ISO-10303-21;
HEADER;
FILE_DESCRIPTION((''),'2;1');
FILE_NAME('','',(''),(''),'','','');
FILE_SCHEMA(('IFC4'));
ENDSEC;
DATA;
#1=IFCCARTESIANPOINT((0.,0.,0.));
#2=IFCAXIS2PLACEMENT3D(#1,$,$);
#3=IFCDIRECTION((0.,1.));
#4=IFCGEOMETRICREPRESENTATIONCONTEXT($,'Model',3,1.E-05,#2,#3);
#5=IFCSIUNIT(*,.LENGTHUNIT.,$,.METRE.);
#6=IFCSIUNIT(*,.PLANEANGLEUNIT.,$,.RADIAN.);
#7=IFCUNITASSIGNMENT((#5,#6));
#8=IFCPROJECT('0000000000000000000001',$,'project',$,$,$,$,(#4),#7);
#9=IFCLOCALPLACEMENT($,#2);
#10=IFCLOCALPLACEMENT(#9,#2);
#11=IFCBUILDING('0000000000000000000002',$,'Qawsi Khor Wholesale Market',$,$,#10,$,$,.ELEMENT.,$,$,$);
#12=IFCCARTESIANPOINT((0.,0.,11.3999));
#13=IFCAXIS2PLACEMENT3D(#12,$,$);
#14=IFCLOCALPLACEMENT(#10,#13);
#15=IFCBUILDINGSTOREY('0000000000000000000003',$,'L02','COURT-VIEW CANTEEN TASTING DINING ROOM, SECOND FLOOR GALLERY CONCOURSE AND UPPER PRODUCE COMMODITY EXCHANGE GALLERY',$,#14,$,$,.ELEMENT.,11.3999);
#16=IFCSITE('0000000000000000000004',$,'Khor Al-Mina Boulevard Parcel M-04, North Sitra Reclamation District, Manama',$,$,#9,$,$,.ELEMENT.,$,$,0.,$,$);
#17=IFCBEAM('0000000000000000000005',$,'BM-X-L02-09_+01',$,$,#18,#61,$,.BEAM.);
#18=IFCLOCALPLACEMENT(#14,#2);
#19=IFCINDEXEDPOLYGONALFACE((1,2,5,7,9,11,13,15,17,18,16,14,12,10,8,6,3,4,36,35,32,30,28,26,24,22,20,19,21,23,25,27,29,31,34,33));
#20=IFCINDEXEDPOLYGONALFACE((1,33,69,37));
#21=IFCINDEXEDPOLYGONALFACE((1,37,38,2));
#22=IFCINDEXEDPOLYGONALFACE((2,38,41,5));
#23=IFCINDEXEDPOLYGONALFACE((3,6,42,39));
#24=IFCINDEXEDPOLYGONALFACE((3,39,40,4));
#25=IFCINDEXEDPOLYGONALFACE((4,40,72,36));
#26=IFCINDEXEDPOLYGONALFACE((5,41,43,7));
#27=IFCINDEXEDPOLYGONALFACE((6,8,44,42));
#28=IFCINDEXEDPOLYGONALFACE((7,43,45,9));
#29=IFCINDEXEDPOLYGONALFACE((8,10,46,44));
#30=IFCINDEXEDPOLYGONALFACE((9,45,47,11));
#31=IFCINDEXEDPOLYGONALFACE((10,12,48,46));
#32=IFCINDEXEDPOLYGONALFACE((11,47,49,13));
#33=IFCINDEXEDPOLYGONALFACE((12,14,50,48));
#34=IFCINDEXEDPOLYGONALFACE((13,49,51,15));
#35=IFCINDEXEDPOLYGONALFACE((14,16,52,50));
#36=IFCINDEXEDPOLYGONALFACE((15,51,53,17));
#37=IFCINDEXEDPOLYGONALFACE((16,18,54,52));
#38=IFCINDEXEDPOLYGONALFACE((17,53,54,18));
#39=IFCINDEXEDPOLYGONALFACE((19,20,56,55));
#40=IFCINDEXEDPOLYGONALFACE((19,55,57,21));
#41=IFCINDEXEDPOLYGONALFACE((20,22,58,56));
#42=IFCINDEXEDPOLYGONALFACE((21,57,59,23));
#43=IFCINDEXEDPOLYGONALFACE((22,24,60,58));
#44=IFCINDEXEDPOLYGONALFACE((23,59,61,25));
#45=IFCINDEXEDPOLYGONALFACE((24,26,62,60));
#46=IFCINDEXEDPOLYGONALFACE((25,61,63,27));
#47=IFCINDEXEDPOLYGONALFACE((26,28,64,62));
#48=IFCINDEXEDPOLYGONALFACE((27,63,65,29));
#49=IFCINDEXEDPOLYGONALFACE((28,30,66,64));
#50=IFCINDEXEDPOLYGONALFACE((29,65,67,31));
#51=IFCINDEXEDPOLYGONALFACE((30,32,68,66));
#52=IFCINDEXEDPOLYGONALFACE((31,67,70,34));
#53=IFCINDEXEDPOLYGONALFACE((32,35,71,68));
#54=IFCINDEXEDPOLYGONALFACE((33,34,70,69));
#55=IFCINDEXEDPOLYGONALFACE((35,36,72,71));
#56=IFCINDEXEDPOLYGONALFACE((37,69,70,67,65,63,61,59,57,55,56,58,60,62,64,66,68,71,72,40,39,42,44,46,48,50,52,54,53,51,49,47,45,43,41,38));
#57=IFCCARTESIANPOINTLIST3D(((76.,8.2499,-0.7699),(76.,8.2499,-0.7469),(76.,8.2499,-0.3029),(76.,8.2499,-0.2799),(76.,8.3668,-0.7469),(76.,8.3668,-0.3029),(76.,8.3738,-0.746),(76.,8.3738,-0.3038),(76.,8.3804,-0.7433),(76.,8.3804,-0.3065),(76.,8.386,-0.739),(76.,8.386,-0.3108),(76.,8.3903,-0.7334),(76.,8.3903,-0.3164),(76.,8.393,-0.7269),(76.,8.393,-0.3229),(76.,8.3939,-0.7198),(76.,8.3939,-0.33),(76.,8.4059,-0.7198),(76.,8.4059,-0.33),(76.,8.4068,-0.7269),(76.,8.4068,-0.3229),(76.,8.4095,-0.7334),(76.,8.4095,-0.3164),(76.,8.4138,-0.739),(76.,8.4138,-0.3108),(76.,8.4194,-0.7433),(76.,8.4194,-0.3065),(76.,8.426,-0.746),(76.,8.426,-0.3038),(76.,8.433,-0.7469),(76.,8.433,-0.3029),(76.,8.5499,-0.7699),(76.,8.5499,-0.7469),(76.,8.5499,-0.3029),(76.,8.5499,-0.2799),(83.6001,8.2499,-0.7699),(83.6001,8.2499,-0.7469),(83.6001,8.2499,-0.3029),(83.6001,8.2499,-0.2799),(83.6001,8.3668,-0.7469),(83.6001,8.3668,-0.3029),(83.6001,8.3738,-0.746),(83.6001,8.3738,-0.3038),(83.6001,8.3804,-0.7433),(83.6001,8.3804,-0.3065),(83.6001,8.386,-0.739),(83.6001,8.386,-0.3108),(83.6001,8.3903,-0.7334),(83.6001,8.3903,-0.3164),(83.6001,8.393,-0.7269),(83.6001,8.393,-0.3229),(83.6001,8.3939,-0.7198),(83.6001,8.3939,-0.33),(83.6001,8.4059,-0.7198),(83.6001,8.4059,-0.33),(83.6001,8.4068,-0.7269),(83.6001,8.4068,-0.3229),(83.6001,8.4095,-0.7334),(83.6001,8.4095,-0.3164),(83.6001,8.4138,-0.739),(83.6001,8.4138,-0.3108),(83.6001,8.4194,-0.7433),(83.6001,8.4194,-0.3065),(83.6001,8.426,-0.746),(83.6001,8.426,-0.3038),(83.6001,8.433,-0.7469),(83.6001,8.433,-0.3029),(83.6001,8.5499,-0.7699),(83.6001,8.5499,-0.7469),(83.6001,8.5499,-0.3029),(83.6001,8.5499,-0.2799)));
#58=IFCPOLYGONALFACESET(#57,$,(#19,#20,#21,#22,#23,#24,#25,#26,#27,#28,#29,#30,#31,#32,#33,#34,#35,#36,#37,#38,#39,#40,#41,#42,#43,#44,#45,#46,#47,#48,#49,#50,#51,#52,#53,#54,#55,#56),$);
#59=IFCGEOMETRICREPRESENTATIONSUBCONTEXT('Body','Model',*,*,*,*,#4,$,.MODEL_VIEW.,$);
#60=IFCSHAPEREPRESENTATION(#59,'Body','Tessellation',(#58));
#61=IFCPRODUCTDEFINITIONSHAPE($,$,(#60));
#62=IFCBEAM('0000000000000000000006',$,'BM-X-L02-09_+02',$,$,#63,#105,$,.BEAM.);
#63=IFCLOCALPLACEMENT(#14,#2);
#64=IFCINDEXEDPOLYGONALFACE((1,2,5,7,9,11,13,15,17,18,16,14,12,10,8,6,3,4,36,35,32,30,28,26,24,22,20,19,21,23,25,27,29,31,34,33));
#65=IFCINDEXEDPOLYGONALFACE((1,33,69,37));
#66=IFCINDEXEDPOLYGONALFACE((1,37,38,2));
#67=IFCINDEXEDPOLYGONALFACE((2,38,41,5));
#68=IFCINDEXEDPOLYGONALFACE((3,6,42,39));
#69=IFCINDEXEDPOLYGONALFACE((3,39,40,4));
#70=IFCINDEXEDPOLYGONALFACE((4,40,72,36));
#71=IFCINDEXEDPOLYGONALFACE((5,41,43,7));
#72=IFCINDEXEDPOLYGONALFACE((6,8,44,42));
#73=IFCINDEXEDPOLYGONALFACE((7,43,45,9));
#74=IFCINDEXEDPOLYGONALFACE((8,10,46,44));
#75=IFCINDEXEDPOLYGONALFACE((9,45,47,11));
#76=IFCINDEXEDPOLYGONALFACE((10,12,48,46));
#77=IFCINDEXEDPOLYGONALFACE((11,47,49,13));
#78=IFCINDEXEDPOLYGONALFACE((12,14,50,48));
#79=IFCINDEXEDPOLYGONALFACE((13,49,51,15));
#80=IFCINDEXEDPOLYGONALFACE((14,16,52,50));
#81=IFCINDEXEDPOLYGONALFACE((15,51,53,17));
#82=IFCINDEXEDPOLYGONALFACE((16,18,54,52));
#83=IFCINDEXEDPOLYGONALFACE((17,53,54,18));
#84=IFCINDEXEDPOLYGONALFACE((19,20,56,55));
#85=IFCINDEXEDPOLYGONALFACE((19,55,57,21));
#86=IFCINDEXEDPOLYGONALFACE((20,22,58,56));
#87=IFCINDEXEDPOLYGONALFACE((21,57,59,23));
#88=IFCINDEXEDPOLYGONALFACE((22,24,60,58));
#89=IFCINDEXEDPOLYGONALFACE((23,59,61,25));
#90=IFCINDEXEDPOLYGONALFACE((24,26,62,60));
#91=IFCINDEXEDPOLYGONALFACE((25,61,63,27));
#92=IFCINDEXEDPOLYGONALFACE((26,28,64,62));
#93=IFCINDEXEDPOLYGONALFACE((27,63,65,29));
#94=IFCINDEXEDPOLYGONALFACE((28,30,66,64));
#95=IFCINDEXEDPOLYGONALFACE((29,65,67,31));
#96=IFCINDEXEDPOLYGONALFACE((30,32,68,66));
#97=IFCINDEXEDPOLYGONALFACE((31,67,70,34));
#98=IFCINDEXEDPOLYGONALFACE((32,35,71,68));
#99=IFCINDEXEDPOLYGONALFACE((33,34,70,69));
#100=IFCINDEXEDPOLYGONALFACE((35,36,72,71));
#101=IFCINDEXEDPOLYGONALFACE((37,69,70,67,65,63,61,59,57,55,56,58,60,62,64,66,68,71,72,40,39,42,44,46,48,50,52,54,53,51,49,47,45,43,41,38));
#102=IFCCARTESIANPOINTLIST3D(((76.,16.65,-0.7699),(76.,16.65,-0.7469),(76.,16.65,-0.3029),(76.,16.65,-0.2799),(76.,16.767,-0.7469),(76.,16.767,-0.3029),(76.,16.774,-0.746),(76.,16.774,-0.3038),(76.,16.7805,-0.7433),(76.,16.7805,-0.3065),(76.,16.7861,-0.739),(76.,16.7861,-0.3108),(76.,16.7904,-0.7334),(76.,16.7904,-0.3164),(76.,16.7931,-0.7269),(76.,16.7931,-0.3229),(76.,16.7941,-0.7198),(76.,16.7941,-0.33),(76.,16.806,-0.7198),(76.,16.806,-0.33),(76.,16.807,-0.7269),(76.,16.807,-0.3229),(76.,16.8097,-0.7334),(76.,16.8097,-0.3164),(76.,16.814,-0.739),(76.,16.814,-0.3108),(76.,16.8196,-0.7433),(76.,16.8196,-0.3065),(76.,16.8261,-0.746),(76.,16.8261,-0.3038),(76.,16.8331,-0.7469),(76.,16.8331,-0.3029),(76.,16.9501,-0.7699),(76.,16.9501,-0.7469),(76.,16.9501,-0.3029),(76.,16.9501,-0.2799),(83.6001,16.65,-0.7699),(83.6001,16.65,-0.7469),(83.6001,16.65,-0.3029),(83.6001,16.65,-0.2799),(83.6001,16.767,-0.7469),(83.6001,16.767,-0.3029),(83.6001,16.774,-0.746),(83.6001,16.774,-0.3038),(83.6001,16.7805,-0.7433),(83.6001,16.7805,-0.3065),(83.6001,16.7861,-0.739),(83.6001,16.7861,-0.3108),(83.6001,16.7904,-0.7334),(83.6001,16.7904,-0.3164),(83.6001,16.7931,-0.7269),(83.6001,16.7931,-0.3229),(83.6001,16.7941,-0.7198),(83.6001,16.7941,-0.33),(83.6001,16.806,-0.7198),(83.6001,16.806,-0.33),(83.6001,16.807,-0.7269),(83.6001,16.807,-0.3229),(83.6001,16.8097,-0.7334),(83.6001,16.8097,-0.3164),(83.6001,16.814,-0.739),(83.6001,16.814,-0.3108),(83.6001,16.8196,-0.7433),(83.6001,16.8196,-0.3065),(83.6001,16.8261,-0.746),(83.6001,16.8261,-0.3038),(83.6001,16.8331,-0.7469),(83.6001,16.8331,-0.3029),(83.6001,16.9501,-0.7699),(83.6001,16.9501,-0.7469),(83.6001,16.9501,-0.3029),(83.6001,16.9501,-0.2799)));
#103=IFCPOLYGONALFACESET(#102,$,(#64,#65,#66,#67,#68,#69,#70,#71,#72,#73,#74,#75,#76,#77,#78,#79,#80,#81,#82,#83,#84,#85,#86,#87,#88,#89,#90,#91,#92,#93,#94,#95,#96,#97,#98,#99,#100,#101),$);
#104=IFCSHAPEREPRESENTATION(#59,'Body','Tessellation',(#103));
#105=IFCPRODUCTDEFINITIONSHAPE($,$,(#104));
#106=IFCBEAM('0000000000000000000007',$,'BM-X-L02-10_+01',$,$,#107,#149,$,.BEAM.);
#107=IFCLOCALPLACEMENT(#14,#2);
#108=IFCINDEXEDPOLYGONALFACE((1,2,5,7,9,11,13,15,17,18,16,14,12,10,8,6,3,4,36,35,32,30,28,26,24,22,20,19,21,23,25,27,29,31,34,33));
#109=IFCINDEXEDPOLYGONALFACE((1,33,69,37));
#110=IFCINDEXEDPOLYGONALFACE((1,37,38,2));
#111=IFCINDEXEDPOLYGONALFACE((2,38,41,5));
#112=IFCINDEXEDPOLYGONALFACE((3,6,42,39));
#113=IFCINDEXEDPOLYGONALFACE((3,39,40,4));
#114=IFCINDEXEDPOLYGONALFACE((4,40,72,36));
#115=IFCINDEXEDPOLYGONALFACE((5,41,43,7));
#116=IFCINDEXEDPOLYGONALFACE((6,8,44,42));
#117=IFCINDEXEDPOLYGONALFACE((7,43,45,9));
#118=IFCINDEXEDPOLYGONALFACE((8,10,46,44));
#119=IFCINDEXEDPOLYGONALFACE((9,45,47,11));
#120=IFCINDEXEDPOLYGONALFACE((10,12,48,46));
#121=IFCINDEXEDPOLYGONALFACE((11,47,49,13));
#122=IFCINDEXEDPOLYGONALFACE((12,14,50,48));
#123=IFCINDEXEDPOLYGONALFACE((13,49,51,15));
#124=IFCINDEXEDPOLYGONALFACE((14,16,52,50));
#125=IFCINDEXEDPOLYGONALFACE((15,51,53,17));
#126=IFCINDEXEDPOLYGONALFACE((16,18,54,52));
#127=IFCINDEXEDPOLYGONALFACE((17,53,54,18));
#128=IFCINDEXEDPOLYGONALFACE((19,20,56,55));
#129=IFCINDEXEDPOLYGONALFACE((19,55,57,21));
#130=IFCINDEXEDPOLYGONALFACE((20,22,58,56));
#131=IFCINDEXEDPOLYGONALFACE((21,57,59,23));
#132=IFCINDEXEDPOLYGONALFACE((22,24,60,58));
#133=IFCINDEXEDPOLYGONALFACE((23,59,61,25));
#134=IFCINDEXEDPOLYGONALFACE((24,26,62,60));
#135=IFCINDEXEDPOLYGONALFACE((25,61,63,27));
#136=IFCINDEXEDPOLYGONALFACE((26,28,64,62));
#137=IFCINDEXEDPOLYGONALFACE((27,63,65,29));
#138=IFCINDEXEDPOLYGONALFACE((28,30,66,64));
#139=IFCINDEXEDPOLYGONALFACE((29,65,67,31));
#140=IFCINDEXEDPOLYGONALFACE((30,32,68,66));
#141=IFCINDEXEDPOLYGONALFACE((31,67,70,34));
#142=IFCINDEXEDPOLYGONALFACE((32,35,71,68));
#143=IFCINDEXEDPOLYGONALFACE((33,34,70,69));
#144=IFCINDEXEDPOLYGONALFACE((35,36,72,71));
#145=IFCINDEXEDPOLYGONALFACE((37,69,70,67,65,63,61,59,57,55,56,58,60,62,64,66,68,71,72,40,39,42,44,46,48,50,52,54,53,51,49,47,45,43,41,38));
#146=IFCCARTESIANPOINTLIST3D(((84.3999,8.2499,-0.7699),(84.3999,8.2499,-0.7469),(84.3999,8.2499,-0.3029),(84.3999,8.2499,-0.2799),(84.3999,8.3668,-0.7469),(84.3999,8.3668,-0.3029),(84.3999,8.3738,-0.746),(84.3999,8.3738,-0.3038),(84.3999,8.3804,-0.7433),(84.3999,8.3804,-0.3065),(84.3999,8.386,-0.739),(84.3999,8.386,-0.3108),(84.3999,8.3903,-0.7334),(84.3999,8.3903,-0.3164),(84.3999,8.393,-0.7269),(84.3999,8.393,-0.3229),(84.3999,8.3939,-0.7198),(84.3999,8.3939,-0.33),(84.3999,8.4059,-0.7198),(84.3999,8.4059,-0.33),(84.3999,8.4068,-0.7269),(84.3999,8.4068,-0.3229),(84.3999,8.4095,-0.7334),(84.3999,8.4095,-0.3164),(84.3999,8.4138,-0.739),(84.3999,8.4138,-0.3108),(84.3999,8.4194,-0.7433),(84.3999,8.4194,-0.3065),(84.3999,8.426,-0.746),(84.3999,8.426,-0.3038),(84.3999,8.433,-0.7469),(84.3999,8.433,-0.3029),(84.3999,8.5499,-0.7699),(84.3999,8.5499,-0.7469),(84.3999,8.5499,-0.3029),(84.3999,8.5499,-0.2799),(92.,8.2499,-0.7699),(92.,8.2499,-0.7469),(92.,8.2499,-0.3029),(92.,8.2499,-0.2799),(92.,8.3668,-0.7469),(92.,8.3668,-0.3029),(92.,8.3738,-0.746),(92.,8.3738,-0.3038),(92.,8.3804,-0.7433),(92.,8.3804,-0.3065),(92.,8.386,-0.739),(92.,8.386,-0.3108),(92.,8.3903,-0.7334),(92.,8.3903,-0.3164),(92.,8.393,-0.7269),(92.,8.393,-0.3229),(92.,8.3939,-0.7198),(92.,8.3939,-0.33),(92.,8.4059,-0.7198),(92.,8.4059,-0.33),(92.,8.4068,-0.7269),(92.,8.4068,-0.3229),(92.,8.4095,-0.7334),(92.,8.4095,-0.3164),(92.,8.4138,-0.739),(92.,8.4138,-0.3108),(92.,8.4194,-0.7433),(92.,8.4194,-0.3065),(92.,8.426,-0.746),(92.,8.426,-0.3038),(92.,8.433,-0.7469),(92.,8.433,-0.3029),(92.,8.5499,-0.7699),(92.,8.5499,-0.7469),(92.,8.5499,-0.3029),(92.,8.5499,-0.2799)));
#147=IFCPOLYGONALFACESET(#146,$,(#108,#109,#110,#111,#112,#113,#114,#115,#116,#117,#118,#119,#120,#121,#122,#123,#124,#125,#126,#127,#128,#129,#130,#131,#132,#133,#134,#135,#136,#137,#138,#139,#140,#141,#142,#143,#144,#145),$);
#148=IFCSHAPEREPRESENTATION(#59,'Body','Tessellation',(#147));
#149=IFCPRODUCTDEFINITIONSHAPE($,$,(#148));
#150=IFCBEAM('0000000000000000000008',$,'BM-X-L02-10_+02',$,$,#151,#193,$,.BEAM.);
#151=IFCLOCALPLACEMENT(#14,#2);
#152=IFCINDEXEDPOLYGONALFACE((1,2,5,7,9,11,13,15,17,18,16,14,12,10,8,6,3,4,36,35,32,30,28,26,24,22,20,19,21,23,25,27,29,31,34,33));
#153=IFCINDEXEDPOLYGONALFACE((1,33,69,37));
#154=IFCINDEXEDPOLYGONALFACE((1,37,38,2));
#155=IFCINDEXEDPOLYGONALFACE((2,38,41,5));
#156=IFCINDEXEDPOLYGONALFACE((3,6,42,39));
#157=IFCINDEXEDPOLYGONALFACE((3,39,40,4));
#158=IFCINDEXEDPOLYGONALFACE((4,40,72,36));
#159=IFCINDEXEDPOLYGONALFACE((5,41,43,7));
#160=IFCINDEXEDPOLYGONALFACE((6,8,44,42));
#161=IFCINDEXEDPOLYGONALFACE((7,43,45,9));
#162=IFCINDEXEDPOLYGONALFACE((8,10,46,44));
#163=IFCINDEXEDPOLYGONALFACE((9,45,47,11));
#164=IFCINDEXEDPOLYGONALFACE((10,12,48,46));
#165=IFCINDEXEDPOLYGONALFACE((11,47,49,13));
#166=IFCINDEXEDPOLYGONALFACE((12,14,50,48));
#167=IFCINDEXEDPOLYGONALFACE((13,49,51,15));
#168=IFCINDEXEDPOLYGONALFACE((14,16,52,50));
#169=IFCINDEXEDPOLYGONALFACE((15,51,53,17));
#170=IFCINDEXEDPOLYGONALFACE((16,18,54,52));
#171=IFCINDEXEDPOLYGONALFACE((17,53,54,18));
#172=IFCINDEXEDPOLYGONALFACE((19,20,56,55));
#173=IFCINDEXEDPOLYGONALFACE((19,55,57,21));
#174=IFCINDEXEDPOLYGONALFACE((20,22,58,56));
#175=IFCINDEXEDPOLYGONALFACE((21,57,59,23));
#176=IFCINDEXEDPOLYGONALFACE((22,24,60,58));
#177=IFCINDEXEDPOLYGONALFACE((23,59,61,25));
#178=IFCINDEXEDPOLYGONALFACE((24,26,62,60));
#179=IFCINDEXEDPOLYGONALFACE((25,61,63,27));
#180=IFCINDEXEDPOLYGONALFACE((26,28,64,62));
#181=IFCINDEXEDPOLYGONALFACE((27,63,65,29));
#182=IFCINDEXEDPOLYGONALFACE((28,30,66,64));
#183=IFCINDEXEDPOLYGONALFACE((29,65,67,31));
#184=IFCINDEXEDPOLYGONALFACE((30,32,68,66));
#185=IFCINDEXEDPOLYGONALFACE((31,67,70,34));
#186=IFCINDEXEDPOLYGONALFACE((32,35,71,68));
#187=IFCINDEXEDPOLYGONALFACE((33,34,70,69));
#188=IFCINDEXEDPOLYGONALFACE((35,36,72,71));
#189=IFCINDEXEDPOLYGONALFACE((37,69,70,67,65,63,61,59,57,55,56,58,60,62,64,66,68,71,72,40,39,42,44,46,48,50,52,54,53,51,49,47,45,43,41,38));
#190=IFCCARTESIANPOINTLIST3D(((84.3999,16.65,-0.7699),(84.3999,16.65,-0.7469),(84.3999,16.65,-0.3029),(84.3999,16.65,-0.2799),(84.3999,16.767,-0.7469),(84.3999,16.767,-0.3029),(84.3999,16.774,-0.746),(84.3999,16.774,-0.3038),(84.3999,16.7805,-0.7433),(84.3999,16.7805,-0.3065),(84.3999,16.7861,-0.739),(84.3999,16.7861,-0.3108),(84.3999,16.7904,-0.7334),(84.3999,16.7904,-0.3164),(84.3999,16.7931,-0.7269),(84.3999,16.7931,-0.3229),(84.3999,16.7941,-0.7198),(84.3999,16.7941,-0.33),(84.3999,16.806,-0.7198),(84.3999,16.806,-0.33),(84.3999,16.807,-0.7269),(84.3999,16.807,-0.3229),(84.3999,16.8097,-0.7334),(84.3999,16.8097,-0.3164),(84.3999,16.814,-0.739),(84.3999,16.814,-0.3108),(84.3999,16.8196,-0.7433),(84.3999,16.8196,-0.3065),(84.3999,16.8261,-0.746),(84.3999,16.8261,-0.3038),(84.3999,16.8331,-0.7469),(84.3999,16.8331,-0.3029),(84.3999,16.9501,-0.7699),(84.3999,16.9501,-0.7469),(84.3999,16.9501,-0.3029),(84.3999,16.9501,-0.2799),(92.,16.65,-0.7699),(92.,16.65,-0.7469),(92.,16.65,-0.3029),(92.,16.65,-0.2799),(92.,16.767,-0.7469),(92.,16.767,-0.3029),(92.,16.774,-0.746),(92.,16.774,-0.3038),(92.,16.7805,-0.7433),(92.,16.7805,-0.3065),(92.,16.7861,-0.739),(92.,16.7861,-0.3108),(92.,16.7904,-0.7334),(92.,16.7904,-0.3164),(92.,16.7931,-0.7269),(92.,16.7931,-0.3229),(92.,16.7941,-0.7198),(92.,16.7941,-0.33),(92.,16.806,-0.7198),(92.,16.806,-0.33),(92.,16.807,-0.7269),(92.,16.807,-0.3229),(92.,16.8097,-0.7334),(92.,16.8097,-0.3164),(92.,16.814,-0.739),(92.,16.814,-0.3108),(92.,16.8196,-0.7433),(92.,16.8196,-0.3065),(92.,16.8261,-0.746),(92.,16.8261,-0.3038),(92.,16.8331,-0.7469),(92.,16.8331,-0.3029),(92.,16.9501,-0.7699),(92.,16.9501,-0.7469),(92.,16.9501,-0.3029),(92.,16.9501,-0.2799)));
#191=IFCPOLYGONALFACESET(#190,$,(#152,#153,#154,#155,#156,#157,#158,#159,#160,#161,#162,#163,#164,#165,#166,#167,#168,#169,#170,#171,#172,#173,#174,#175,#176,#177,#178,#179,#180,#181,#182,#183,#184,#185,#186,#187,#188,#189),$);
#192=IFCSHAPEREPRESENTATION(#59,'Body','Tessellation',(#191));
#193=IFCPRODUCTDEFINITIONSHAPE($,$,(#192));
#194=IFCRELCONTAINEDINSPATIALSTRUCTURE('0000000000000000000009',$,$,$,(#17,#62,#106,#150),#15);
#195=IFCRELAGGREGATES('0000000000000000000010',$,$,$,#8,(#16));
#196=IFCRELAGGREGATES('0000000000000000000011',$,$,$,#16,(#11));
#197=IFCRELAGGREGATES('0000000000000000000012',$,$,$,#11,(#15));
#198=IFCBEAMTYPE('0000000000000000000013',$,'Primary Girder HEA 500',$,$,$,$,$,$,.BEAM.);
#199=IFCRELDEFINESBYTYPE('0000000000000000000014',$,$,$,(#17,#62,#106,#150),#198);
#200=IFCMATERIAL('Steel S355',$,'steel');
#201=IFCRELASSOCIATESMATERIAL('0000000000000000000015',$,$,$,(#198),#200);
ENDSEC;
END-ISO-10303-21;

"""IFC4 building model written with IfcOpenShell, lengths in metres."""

from ifc_helpers import new_model, si_unit, direction, frame, origin, origin_2d, place, context, subcontext, project, spatial, i_section, extrude, material, material_profile, profile_set, type_object, element, save


model = new_model("IFC4")

# Units and contexts
model_context = context("Model", 3, precision=1e-05, world=origin(), true_north=direction((0.0, 1.0)))
body_context = subcontext(model_context, "Body", "Model", "MODEL_VIEW")
ifc_project = project(units=[si_unit("LENGTHUNIT", "METRE"), si_unit("PLANEANGLEUNIT", "RADIAN")], contexts=[model_context])

# Site, building, storey
site_placement = place(None, origin())
site = spatial("IfcSite", under=ifc_project, at=site_placement, Name="Khor Al-Mina Boulevard Parcel M-04, North Sitra Reclamation District, Manama", CompositionType="ELEMENT", RefElevation=0.0)
building_placement = place(site_placement, origin())
building = spatial("IfcBuilding", under=site, at=building_placement, Name="Qawsi Khor Wholesale Market", CompositionType="ELEMENT")
storey_placement = place(building_placement, frame((0.0, 0.0, 11.3999)))
storey = spatial("IfcBuildingStorey", under=building, at=storey_placement, Name="L02", Description="COURT-VIEW CANTEEN TASTING DINING ROOM, SECOND FLOOR GALLERY CONCOURSE AND UPPER PRODUCE COMMODITY EXCHANGE GALLERY", CompositionType="ELEMENT", Elevation=11.3999)

# Beams
ifc_material_1 = material(Name="Steel S355", Category="steel")
ifc_material_profile_1 = material_profile(ifc_material_1, i_section(OverallWidth=0.3, OverallDepth=0.49, WebThickness=0.012, FlangeThickness=0.0229, FilletRadius=0.0271, at=origin_2d()), Name="HEA 500")
ifc_profile_set_1 = profile_set([ifc_material_profile_1], Name="Steel S355")
beam_type_1 = type_object("IfcBeamType", Name="Primary Girder HEA 500", PredefinedType="BEAM", material=ifc_profile_set_1)
for number, where, z_axis, x_axis, name in (
    (1, (76.0, 8.3999, -0.5249), (1.0, 0.0, 0.0), (0.0, 1.0, 0.0), "BM-X-L02-09_+01"),
    (2, (76.0, 16.8, -0.5249), (1.0, 0.0, 0.0), (0.0, 1.0, 0.0), "BM-X-L02-09_+02"),
    (3, (84.3999, 8.3999, -0.5249), (1.0, 0.0, 0.0), (0.0, 1.0, 0.0), "BM-X-L02-10_+01"),
    (4, (84.3999, 16.8, -0.5249), (1.0, 0.0, 0.0), (0.0, 1.0, 0.0), "BM-X-L02-10_+02"),
):
    element("IfcBeam", number, at=place(storey_placement, frame(where, z_axis=z_axis, x_axis=x_axis)), inside=storey, type_object=beam_type_1, Name=name, PredefinedType="BEAM", context=body_context, shape_type="SweptSolid", body=[
        extrude(i_section(OverallWidth=0.3, OverallDepth=0.49, WebThickness=0.012, FlangeThickness=0.0229, FilletRadius=0.0271, at=origin_2d()), origin(), (0.0, 0.0, 1.0), 7.6001),
    ])

save(model, "model.ifc")
